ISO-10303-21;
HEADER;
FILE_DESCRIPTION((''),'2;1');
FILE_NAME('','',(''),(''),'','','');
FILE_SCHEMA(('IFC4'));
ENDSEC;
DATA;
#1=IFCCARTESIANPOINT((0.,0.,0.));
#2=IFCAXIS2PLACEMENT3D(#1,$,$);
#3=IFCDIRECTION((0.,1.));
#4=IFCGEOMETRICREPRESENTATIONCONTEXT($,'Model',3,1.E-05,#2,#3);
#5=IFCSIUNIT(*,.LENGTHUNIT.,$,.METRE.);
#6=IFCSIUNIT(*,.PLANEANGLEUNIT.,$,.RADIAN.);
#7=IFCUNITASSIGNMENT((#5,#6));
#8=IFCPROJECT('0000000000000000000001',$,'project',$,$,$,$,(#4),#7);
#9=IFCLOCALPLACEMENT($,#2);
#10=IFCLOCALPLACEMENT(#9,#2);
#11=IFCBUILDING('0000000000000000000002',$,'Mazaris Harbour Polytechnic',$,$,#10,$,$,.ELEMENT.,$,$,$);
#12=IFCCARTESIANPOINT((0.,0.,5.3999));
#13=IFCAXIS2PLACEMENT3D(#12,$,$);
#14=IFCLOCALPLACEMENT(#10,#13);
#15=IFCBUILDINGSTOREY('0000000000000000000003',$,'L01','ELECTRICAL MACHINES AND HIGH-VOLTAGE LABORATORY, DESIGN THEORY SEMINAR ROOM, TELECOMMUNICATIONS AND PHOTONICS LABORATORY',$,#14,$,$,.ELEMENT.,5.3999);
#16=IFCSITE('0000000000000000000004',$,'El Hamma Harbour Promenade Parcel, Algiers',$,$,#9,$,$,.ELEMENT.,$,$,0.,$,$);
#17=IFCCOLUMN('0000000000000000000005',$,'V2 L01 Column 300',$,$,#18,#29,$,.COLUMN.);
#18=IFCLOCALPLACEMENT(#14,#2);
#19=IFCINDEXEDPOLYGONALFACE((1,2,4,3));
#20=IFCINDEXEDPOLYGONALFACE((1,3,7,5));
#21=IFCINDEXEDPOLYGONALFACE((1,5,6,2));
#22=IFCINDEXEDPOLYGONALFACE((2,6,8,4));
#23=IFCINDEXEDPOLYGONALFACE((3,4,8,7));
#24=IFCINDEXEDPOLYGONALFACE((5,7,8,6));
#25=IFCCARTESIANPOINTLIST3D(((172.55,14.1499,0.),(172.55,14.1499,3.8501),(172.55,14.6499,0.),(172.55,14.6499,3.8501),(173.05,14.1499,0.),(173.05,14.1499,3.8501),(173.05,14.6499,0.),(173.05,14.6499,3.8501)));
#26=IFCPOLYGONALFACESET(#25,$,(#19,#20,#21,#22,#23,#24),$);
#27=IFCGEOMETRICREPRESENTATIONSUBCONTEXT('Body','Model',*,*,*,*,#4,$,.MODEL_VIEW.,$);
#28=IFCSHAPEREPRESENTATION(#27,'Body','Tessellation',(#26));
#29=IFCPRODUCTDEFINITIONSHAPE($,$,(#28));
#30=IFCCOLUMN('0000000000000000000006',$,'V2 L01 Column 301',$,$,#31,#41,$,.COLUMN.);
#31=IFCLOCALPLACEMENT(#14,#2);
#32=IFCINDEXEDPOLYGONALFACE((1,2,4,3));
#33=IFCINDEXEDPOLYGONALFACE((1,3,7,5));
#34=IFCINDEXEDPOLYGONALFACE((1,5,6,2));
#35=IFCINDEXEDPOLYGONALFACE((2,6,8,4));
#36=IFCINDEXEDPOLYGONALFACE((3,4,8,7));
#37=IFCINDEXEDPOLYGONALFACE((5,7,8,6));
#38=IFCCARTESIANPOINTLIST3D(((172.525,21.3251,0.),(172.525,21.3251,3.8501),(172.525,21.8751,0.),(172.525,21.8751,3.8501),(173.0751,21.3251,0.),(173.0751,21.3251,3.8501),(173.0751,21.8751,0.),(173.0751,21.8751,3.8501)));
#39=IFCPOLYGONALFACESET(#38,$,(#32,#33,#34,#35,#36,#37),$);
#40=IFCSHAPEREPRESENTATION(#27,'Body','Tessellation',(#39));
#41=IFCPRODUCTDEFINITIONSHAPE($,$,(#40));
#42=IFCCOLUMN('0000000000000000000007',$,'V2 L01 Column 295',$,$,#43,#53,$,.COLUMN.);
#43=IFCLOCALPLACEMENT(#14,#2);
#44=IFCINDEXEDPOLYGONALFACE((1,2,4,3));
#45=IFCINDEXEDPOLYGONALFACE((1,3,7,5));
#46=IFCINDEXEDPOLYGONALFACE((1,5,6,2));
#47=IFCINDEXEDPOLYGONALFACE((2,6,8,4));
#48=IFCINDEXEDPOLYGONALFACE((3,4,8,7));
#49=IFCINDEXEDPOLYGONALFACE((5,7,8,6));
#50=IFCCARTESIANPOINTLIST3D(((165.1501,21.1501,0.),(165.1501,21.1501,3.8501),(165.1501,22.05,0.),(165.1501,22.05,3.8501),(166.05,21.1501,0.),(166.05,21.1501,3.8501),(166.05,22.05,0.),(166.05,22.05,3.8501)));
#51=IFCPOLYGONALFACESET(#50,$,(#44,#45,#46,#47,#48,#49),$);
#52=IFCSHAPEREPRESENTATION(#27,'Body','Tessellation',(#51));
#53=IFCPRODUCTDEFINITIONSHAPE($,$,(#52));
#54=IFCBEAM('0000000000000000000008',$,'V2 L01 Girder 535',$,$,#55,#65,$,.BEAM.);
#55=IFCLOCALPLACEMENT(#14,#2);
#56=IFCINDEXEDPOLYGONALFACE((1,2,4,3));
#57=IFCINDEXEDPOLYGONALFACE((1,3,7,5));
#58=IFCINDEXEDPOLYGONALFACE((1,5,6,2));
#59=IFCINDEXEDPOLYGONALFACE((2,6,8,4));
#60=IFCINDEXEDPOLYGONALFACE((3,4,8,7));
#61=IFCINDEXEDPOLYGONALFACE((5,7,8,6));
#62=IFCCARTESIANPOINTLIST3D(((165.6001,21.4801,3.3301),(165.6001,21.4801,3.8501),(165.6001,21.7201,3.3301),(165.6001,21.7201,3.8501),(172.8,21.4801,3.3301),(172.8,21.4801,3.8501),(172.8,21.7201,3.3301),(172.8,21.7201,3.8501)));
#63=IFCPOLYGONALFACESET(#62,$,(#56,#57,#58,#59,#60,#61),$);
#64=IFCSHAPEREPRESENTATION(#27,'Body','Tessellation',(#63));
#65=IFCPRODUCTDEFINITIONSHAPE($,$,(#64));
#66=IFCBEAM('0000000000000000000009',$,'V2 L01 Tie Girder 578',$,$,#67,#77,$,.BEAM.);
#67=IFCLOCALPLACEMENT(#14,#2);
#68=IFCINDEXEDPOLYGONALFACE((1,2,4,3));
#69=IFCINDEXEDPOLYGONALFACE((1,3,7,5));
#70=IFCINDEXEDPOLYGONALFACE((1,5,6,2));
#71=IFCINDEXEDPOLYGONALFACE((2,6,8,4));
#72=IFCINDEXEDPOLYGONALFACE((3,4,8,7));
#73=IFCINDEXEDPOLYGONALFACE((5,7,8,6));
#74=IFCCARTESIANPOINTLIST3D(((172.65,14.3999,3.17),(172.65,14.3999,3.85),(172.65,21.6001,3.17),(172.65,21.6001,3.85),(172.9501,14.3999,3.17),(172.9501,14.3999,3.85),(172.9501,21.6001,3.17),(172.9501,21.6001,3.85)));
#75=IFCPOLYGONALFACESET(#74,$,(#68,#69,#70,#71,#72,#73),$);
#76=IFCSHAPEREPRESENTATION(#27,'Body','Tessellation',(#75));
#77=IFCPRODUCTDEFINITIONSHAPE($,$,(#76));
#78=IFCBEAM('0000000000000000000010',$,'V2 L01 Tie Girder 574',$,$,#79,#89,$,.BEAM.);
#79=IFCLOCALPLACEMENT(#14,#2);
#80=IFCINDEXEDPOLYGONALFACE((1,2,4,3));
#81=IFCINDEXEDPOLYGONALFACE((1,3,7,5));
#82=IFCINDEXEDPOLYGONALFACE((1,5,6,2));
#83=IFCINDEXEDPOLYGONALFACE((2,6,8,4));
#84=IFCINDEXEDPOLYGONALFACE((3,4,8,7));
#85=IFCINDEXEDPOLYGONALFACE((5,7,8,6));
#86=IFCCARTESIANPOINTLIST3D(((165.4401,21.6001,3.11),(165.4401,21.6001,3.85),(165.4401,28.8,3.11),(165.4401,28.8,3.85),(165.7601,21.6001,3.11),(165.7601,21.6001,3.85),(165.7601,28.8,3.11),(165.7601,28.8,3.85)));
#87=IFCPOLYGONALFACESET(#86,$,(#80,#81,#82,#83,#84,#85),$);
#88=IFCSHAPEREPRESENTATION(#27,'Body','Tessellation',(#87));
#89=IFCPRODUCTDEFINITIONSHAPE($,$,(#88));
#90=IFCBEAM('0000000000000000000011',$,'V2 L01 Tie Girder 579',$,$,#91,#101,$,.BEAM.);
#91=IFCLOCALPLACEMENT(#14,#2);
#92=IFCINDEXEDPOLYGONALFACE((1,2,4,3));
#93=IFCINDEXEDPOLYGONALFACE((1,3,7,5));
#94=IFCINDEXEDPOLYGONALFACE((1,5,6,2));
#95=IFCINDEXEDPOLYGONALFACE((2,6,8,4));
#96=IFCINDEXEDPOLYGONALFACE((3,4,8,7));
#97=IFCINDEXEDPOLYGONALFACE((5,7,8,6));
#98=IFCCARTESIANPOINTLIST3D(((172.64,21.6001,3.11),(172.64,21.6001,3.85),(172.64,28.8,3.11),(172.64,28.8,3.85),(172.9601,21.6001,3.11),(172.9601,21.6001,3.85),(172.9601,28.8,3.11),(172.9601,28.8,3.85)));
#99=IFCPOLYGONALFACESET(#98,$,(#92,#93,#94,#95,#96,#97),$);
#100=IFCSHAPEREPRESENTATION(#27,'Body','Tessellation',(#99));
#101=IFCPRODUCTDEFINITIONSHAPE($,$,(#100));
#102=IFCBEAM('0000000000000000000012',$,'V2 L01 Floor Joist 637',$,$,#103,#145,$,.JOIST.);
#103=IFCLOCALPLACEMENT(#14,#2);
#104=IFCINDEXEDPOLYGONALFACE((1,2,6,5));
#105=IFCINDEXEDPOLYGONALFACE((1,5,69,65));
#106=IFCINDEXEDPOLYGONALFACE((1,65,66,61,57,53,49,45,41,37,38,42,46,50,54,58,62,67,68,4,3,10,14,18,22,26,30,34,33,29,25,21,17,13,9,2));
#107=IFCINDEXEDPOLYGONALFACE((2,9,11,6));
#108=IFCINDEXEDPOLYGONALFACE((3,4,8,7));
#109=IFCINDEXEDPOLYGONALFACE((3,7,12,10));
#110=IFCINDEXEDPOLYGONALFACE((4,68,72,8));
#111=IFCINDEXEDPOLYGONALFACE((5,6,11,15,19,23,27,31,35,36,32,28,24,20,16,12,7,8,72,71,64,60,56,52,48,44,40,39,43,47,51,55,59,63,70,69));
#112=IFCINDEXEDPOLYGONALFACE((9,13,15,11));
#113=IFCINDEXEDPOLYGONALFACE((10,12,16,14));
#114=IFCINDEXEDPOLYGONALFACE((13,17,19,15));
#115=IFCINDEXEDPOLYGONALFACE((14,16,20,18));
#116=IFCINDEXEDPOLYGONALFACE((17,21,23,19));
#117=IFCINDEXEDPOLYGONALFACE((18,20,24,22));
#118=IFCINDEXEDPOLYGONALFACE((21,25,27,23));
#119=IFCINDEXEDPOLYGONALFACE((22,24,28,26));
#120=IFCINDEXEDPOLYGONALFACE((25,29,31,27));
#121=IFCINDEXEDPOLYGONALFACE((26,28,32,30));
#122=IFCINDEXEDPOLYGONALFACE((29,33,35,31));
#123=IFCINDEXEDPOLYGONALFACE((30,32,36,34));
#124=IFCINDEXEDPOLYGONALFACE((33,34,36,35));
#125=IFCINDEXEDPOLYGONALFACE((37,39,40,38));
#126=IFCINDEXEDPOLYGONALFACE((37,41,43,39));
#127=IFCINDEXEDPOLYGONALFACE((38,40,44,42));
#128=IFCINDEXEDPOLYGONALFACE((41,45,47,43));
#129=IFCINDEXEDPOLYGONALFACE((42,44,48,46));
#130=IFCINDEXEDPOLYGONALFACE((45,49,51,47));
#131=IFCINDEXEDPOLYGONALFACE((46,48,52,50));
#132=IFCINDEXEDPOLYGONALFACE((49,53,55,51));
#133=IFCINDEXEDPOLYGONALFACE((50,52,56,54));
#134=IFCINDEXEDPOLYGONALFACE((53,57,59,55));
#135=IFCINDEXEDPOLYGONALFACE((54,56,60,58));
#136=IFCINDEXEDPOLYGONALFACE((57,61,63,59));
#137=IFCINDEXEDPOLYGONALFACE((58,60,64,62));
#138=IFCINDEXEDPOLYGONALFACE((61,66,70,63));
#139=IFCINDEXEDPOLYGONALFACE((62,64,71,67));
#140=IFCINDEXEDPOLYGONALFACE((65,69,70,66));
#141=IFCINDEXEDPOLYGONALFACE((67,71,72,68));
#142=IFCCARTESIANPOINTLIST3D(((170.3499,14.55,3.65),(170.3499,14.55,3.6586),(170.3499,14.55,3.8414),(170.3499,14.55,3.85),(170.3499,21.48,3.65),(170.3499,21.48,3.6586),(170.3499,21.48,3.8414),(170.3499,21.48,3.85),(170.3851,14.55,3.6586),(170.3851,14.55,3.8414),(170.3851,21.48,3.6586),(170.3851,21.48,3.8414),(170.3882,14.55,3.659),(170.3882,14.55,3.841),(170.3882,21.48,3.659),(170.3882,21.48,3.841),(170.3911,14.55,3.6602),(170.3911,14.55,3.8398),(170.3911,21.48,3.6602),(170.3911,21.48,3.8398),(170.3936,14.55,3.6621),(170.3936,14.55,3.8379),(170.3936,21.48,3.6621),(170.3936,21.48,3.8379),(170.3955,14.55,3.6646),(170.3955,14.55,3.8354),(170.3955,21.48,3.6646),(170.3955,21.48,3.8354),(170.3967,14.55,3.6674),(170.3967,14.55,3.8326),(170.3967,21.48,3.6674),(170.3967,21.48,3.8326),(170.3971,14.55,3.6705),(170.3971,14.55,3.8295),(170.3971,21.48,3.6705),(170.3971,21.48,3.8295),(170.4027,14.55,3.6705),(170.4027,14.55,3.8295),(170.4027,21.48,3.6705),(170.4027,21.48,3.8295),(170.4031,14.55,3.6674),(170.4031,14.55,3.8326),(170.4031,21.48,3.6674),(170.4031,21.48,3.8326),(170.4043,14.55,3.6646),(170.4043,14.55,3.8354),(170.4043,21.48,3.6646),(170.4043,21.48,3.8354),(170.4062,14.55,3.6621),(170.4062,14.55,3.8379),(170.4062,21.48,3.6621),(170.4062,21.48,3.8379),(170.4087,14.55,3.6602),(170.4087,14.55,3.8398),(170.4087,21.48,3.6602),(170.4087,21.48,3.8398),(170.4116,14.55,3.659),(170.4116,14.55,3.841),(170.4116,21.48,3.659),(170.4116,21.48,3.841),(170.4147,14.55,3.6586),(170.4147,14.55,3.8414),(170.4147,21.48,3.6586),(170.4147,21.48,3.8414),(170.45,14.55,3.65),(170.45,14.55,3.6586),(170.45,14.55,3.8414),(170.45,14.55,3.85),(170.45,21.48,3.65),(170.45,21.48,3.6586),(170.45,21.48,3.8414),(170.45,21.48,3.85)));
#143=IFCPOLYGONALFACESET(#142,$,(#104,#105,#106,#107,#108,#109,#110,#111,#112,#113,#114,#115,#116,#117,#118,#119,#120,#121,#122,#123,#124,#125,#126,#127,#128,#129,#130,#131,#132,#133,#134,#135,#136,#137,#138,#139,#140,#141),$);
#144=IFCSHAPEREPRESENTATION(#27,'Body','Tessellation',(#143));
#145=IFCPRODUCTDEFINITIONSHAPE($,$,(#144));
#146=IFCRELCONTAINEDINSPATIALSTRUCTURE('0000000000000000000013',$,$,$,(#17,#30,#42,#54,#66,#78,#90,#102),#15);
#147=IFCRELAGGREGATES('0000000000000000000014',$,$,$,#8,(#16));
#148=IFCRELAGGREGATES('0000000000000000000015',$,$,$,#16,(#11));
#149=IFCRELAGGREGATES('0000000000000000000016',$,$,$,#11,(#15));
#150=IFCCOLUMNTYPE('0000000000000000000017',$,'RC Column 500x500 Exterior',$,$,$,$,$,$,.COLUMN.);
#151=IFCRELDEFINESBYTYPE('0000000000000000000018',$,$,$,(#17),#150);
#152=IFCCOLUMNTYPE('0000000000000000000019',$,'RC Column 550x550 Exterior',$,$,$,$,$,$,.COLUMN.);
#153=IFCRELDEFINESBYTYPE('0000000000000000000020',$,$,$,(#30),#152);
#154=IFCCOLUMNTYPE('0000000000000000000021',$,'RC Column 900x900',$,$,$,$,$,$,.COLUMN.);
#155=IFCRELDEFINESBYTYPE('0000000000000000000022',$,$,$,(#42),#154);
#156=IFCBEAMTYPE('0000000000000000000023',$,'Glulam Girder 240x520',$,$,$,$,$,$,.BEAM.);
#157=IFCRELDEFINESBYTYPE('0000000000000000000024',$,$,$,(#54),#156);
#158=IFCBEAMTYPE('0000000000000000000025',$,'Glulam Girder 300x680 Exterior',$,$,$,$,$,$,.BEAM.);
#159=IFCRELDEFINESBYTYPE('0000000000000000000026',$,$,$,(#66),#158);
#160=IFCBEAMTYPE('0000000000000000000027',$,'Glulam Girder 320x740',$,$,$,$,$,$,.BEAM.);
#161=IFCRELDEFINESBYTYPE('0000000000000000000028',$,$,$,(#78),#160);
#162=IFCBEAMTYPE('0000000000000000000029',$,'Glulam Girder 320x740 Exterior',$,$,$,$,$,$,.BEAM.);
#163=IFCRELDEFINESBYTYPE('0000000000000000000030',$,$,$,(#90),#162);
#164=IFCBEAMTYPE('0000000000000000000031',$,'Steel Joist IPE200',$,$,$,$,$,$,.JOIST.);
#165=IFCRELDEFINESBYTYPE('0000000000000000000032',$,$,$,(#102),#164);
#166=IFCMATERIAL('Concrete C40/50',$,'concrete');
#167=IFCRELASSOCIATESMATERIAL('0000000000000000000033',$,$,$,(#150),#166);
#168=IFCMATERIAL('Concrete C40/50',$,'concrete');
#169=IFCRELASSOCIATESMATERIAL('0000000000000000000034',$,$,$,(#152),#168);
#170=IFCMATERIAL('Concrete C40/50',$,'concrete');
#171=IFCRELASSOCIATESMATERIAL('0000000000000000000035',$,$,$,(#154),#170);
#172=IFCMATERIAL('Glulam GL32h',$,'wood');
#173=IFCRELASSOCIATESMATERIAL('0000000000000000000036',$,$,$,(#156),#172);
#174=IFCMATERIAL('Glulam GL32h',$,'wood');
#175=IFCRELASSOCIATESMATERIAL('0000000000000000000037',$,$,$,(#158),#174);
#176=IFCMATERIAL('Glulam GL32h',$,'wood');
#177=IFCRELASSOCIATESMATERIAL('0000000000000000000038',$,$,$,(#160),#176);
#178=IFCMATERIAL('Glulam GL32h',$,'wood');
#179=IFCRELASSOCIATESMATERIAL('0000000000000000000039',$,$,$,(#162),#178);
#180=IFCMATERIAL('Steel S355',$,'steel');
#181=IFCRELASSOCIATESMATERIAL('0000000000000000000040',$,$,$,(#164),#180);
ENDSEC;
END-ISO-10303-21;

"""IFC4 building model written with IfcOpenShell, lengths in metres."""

from ifc_helpers import new_model, si_unit, direction, frame, origin, origin_2d, place, context, subcontext, project, spatial, rectangle, i_section, extrude, material, material_profile, profile_set, type_object, element, save


model = new_model("IFC4")

# Units and contexts
model_context = context("Model", 3, precision=1e-05, world=origin(), true_north=direction((0.0, 1.0)))
body_context = subcontext(model_context, "Body", "Model", "MODEL_VIEW")
ifc_project = project(units=[si_unit("LENGTHUNIT", "METRE"), si_unit("PLANEANGLEUNIT", "RADIAN")], contexts=[model_context])

# Site, building, storey
site_placement = place(None, origin())
site = spatial("IfcSite", under=ifc_project, at=site_placement, Name="El Hamma Harbour Promenade Parcel, Algiers", CompositionType="ELEMENT", RefElevation=0.0)
building_placement = place(site_placement, origin())
building = spatial("IfcBuilding", under=site, at=building_placement, Name="Mazaris Harbour Polytechnic", CompositionType="ELEMENT")
storey_placement = place(building_placement, frame((0.0, 0.0, 5.3999)))
storey = spatial("IfcBuildingStorey", under=building, at=storey_placement, Name="L01", Description="ELECTRICAL MACHINES AND HIGH-VOLTAGE LABORATORY, DESIGN THEORY SEMINAR ROOM, TELECOMMUNICATIONS AND PHOTONICS LABORATORY", CompositionType="ELEMENT", Elevation=5.3999)

# Columns
ifc_material_1 = material(Name="Concrete C40/50", Category="concrete")
ifc_material_profile_1 = material_profile(ifc_material_1, rectangle(XDim=0.5, YDim=0.5, at=origin_2d()), Name="RECT500x500")
ifc_profile_set_1 = profile_set([ifc_material_profile_1], Name="Concrete C40/50")
column_type_1 = type_object("IfcColumnType", Name="RC Column 500x500 Exterior", PredefinedType="COLUMN", material=ifc_profile_set_1)
column_1_placement = place(storey_placement, frame((172.8, 14.3999, 0.0), z_axis=(0.0, 0.0, 1.0), x_axis=(1.0, 0.0, 0.0)))
element("IfcColumn", 1, at=column_1_placement, inside=storey, type_object=column_type_1, Name="V2 L01 Column 300", PredefinedType="COLUMN", context=body_context, shape_type="SweptSolid", body=[
    extrude(rectangle(XDim=0.5, YDim=0.5, at=origin_2d()), origin(), (0.0, 0.0, 1.0), 3.8501),
])
ifc_material_2 = material(Name="Concrete C40/50", Category="concrete")
ifc_material_profile_2 = material_profile(ifc_material_2, rectangle(XDim=0.55, YDim=0.55, at=origin_2d()), Name="RECT550x550")
ifc_profile_set_2 = profile_set([ifc_material_profile_2], Name="Concrete C40/50")
column_type_2 = type_object("IfcColumnType", Name="RC Column 550x550 Exterior", PredefinedType="COLUMN", material=ifc_profile_set_2)
column_2_placement = place(storey_placement, frame((172.8, 21.6001, 0.0), z_axis=(0.0, 0.0, 1.0), x_axis=(1.0, 0.0, 0.0)))
element("IfcColumn", 2, at=column_2_placement, inside=storey, type_object=column_type_2, Name="V2 L01 Column 301", PredefinedType="COLUMN", context=body_context, shape_type="SweptSolid", body=[
    extrude(rectangle(XDim=0.55, YDim=0.55, at=origin_2d()), origin(), (0.0, 0.0, 1.0), 3.8501),
])
ifc_material_3 = material(Name="Concrete C40/50", Category="concrete")
ifc_material_profile_3 = material_profile(ifc_material_3, rectangle(XDim=0.8999, YDim=0.8999, at=origin_2d()), Name="RECT900x900")
ifc_profile_set_3 = profile_set([ifc_material_profile_3], Name="Concrete C40/50")
column_type_3 = type_object("IfcColumnType", Name="RC Column 900x900", PredefinedType="COLUMN", material=ifc_profile_set_3)
column_3_placement = place(storey_placement, frame((165.6001, 21.6001, 0.0), z_axis=(0.0, 0.0, 1.0), x_axis=(1.0, 0.0, 0.0)))
element("IfcColumn", 3, at=column_3_placement, inside=storey, type_object=column_type_3, Name="V2 L01 Column 295", PredefinedType="COLUMN", context=body_context, shape_type="SweptSolid", body=[
    extrude(rectangle(XDim=0.8999, YDim=0.8999, at=origin_2d()), origin(), (0.0, 0.0, 1.0), 3.8501),
])

# Beams
ifc_material_4 = material(Name="Glulam GL32h", Category="wood")
ifc_material_profile_4 = material_profile(ifc_material_4, rectangle(XDim=0.24, YDim=0.52, at=origin_2d()), Name="RECT240x520")
ifc_profile_set_4 = profile_set([ifc_material_profile_4], Name="Glulam GL32h")
beam_type_1 = type_object("IfcBeamType", Name="Glulam Girder 240x520", PredefinedType="BEAM", material=ifc_profile_set_4)
beam_1_placement = place(storey_placement, frame((165.6001, 21.6001, 3.5901), z_axis=(1.0, 0.0, 0.0), x_axis=(0.0, 1.0, 0.0)))
element("IfcBeam", 4, at=beam_1_placement, inside=storey, type_object=beam_type_1, Name="V2 L01 Girder 535", PredefinedType="BEAM", context=body_context, shape_type="SweptSolid", body=[
    extrude(rectangle(XDim=0.24, YDim=0.52, at=origin_2d()), origin(), (0.0, 0.0, 1.0), 7.2),
])
ifc_material_5 = material(Name="Glulam GL32h", Category="wood")
ifc_material_profile_5 = material_profile(ifc_material_5, rectangle(XDim=0.3, YDim=0.6799, at=origin_2d()), Name="RECT300x680")
ifc_profile_set_5 = profile_set([ifc_material_profile_5], Name="Glulam GL32h")
beam_type_2 = type_object("IfcBeamType", Name="Glulam Girder 300x680 Exterior", PredefinedType="BEAM", material=ifc_profile_set_5)
beam_2_placement = place(storey_placement, frame((172.8, 14.3999, 3.51), z_axis=(0.0, 1.0, 0.0), x_axis=(-1.0, 0.0, 0.0)))
element("IfcBeam", 5, at=beam_2_placement, inside=storey, type_object=beam_type_2, Name="V2 L01 Tie Girder 578", PredefinedType="BEAM", context=body_context, shape_type="SweptSolid", body=[
    extrude(rectangle(XDim=0.3, YDim=0.6799, at=origin_2d()), origin(), (0.0, 0.0, 1.0), 7.2002),
])
ifc_material_6 = material(Name="Glulam GL32h", Category="wood")
ifc_material_profile_6 = material_profile(ifc_material_6, rectangle(XDim=0.3201, YDim=0.74, at=origin_2d()), Name="RECT320x740")
ifc_profile_set_6 = profile_set([ifc_material_profile_6], Name="Glulam GL32h")
beam_type_3 = type_object("IfcBeamType", Name="Glulam Girder 320x740", PredefinedType="BEAM", material=ifc_profile_set_6)
beam_3_placement = place(storey_placement, frame((165.6001, 21.6001, 3.48), z_axis=(0.0, 1.0, 0.0), x_axis=(-1.0, 0.0, 0.0)))
element("IfcBeam", 6, at=beam_3_placement, inside=storey, type_object=beam_type_3, Name="V2 L01 Tie Girder 574", PredefinedType="BEAM", context=body_context, shape_type="SweptSolid", body=[
    extrude(rectangle(XDim=0.3201, YDim=0.74, at=origin_2d()), origin(), (0.0, 0.0, 1.0), 7.2),
])
ifc_material_7 = material(Name="Glulam GL32h", Category="wood")
ifc_material_profile_7 = material_profile(ifc_material_7, rectangle(XDim=0.3201, YDim=0.74, at=origin_2d()), Name="RECT320x740")
ifc_profile_set_7 = profile_set([ifc_material_profile_7], Name="Glulam GL32h")
beam_type_4 = type_object("IfcBeamType", Name="Glulam Girder 320x740 Exterior", PredefinedType="BEAM", material=ifc_profile_set_7)
beam_4_placement = place(storey_placement, frame((172.8, 21.6001, 3.48), z_axis=(0.0, 1.0, 0.0), x_axis=(-1.0, 0.0, 0.0)))
element("IfcBeam", 7, at=beam_4_placement, inside=storey, type_object=beam_type_4, Name="V2 L01 Tie Girder 579", PredefinedType="BEAM", context=body_context, shape_type="SweptSolid", body=[
    extrude(rectangle(XDim=0.3201, YDim=0.74, at=origin_2d()), origin(), (0.0, 0.0, 1.0), 7.2),
])
ifc_material_8 = material(Name="Steel S355", Category="steel")
ifc_material_profile_8 = material_profile(ifc_material_8, i_section(OverallWidth=0.1001, OverallDepth=0.2, WebThickness=0.0056, FlangeThickness=0.0085, FilletRadius=0.012, at=origin_2d()), Name="IPE 200")
ifc_profile_set_8 = profile_set([ifc_material_profile_8], Name="Steel S355")
beam_type_5 = type_object("IfcBeamType", Name="Steel Joist IPE200", PredefinedType="JOIST", material=ifc_profile_set_8)
beam_5_placement = place(storey_placement, frame((170.3999, 14.55, 3.75), z_axis=(0.0, 1.0, 0.0), x_axis=(-1.0, 0.0, 0.0)))
element("IfcBeam", 8, at=beam_5_placement, inside=storey, type_object=beam_type_5, Name="V2 L01 Floor Joist 637", PredefinedType="JOIST", context=body_context, shape_type="SweptSolid", body=[
    extrude(i_section(OverallWidth=0.1001, OverallDepth=0.2, WebThickness=0.0056, FlangeThickness=0.0085, FilletRadius=0.012, at=origin_2d()), origin(), (0.0, 0.0, 1.0), 6.9299),
])

save(model, "model.ifc")
